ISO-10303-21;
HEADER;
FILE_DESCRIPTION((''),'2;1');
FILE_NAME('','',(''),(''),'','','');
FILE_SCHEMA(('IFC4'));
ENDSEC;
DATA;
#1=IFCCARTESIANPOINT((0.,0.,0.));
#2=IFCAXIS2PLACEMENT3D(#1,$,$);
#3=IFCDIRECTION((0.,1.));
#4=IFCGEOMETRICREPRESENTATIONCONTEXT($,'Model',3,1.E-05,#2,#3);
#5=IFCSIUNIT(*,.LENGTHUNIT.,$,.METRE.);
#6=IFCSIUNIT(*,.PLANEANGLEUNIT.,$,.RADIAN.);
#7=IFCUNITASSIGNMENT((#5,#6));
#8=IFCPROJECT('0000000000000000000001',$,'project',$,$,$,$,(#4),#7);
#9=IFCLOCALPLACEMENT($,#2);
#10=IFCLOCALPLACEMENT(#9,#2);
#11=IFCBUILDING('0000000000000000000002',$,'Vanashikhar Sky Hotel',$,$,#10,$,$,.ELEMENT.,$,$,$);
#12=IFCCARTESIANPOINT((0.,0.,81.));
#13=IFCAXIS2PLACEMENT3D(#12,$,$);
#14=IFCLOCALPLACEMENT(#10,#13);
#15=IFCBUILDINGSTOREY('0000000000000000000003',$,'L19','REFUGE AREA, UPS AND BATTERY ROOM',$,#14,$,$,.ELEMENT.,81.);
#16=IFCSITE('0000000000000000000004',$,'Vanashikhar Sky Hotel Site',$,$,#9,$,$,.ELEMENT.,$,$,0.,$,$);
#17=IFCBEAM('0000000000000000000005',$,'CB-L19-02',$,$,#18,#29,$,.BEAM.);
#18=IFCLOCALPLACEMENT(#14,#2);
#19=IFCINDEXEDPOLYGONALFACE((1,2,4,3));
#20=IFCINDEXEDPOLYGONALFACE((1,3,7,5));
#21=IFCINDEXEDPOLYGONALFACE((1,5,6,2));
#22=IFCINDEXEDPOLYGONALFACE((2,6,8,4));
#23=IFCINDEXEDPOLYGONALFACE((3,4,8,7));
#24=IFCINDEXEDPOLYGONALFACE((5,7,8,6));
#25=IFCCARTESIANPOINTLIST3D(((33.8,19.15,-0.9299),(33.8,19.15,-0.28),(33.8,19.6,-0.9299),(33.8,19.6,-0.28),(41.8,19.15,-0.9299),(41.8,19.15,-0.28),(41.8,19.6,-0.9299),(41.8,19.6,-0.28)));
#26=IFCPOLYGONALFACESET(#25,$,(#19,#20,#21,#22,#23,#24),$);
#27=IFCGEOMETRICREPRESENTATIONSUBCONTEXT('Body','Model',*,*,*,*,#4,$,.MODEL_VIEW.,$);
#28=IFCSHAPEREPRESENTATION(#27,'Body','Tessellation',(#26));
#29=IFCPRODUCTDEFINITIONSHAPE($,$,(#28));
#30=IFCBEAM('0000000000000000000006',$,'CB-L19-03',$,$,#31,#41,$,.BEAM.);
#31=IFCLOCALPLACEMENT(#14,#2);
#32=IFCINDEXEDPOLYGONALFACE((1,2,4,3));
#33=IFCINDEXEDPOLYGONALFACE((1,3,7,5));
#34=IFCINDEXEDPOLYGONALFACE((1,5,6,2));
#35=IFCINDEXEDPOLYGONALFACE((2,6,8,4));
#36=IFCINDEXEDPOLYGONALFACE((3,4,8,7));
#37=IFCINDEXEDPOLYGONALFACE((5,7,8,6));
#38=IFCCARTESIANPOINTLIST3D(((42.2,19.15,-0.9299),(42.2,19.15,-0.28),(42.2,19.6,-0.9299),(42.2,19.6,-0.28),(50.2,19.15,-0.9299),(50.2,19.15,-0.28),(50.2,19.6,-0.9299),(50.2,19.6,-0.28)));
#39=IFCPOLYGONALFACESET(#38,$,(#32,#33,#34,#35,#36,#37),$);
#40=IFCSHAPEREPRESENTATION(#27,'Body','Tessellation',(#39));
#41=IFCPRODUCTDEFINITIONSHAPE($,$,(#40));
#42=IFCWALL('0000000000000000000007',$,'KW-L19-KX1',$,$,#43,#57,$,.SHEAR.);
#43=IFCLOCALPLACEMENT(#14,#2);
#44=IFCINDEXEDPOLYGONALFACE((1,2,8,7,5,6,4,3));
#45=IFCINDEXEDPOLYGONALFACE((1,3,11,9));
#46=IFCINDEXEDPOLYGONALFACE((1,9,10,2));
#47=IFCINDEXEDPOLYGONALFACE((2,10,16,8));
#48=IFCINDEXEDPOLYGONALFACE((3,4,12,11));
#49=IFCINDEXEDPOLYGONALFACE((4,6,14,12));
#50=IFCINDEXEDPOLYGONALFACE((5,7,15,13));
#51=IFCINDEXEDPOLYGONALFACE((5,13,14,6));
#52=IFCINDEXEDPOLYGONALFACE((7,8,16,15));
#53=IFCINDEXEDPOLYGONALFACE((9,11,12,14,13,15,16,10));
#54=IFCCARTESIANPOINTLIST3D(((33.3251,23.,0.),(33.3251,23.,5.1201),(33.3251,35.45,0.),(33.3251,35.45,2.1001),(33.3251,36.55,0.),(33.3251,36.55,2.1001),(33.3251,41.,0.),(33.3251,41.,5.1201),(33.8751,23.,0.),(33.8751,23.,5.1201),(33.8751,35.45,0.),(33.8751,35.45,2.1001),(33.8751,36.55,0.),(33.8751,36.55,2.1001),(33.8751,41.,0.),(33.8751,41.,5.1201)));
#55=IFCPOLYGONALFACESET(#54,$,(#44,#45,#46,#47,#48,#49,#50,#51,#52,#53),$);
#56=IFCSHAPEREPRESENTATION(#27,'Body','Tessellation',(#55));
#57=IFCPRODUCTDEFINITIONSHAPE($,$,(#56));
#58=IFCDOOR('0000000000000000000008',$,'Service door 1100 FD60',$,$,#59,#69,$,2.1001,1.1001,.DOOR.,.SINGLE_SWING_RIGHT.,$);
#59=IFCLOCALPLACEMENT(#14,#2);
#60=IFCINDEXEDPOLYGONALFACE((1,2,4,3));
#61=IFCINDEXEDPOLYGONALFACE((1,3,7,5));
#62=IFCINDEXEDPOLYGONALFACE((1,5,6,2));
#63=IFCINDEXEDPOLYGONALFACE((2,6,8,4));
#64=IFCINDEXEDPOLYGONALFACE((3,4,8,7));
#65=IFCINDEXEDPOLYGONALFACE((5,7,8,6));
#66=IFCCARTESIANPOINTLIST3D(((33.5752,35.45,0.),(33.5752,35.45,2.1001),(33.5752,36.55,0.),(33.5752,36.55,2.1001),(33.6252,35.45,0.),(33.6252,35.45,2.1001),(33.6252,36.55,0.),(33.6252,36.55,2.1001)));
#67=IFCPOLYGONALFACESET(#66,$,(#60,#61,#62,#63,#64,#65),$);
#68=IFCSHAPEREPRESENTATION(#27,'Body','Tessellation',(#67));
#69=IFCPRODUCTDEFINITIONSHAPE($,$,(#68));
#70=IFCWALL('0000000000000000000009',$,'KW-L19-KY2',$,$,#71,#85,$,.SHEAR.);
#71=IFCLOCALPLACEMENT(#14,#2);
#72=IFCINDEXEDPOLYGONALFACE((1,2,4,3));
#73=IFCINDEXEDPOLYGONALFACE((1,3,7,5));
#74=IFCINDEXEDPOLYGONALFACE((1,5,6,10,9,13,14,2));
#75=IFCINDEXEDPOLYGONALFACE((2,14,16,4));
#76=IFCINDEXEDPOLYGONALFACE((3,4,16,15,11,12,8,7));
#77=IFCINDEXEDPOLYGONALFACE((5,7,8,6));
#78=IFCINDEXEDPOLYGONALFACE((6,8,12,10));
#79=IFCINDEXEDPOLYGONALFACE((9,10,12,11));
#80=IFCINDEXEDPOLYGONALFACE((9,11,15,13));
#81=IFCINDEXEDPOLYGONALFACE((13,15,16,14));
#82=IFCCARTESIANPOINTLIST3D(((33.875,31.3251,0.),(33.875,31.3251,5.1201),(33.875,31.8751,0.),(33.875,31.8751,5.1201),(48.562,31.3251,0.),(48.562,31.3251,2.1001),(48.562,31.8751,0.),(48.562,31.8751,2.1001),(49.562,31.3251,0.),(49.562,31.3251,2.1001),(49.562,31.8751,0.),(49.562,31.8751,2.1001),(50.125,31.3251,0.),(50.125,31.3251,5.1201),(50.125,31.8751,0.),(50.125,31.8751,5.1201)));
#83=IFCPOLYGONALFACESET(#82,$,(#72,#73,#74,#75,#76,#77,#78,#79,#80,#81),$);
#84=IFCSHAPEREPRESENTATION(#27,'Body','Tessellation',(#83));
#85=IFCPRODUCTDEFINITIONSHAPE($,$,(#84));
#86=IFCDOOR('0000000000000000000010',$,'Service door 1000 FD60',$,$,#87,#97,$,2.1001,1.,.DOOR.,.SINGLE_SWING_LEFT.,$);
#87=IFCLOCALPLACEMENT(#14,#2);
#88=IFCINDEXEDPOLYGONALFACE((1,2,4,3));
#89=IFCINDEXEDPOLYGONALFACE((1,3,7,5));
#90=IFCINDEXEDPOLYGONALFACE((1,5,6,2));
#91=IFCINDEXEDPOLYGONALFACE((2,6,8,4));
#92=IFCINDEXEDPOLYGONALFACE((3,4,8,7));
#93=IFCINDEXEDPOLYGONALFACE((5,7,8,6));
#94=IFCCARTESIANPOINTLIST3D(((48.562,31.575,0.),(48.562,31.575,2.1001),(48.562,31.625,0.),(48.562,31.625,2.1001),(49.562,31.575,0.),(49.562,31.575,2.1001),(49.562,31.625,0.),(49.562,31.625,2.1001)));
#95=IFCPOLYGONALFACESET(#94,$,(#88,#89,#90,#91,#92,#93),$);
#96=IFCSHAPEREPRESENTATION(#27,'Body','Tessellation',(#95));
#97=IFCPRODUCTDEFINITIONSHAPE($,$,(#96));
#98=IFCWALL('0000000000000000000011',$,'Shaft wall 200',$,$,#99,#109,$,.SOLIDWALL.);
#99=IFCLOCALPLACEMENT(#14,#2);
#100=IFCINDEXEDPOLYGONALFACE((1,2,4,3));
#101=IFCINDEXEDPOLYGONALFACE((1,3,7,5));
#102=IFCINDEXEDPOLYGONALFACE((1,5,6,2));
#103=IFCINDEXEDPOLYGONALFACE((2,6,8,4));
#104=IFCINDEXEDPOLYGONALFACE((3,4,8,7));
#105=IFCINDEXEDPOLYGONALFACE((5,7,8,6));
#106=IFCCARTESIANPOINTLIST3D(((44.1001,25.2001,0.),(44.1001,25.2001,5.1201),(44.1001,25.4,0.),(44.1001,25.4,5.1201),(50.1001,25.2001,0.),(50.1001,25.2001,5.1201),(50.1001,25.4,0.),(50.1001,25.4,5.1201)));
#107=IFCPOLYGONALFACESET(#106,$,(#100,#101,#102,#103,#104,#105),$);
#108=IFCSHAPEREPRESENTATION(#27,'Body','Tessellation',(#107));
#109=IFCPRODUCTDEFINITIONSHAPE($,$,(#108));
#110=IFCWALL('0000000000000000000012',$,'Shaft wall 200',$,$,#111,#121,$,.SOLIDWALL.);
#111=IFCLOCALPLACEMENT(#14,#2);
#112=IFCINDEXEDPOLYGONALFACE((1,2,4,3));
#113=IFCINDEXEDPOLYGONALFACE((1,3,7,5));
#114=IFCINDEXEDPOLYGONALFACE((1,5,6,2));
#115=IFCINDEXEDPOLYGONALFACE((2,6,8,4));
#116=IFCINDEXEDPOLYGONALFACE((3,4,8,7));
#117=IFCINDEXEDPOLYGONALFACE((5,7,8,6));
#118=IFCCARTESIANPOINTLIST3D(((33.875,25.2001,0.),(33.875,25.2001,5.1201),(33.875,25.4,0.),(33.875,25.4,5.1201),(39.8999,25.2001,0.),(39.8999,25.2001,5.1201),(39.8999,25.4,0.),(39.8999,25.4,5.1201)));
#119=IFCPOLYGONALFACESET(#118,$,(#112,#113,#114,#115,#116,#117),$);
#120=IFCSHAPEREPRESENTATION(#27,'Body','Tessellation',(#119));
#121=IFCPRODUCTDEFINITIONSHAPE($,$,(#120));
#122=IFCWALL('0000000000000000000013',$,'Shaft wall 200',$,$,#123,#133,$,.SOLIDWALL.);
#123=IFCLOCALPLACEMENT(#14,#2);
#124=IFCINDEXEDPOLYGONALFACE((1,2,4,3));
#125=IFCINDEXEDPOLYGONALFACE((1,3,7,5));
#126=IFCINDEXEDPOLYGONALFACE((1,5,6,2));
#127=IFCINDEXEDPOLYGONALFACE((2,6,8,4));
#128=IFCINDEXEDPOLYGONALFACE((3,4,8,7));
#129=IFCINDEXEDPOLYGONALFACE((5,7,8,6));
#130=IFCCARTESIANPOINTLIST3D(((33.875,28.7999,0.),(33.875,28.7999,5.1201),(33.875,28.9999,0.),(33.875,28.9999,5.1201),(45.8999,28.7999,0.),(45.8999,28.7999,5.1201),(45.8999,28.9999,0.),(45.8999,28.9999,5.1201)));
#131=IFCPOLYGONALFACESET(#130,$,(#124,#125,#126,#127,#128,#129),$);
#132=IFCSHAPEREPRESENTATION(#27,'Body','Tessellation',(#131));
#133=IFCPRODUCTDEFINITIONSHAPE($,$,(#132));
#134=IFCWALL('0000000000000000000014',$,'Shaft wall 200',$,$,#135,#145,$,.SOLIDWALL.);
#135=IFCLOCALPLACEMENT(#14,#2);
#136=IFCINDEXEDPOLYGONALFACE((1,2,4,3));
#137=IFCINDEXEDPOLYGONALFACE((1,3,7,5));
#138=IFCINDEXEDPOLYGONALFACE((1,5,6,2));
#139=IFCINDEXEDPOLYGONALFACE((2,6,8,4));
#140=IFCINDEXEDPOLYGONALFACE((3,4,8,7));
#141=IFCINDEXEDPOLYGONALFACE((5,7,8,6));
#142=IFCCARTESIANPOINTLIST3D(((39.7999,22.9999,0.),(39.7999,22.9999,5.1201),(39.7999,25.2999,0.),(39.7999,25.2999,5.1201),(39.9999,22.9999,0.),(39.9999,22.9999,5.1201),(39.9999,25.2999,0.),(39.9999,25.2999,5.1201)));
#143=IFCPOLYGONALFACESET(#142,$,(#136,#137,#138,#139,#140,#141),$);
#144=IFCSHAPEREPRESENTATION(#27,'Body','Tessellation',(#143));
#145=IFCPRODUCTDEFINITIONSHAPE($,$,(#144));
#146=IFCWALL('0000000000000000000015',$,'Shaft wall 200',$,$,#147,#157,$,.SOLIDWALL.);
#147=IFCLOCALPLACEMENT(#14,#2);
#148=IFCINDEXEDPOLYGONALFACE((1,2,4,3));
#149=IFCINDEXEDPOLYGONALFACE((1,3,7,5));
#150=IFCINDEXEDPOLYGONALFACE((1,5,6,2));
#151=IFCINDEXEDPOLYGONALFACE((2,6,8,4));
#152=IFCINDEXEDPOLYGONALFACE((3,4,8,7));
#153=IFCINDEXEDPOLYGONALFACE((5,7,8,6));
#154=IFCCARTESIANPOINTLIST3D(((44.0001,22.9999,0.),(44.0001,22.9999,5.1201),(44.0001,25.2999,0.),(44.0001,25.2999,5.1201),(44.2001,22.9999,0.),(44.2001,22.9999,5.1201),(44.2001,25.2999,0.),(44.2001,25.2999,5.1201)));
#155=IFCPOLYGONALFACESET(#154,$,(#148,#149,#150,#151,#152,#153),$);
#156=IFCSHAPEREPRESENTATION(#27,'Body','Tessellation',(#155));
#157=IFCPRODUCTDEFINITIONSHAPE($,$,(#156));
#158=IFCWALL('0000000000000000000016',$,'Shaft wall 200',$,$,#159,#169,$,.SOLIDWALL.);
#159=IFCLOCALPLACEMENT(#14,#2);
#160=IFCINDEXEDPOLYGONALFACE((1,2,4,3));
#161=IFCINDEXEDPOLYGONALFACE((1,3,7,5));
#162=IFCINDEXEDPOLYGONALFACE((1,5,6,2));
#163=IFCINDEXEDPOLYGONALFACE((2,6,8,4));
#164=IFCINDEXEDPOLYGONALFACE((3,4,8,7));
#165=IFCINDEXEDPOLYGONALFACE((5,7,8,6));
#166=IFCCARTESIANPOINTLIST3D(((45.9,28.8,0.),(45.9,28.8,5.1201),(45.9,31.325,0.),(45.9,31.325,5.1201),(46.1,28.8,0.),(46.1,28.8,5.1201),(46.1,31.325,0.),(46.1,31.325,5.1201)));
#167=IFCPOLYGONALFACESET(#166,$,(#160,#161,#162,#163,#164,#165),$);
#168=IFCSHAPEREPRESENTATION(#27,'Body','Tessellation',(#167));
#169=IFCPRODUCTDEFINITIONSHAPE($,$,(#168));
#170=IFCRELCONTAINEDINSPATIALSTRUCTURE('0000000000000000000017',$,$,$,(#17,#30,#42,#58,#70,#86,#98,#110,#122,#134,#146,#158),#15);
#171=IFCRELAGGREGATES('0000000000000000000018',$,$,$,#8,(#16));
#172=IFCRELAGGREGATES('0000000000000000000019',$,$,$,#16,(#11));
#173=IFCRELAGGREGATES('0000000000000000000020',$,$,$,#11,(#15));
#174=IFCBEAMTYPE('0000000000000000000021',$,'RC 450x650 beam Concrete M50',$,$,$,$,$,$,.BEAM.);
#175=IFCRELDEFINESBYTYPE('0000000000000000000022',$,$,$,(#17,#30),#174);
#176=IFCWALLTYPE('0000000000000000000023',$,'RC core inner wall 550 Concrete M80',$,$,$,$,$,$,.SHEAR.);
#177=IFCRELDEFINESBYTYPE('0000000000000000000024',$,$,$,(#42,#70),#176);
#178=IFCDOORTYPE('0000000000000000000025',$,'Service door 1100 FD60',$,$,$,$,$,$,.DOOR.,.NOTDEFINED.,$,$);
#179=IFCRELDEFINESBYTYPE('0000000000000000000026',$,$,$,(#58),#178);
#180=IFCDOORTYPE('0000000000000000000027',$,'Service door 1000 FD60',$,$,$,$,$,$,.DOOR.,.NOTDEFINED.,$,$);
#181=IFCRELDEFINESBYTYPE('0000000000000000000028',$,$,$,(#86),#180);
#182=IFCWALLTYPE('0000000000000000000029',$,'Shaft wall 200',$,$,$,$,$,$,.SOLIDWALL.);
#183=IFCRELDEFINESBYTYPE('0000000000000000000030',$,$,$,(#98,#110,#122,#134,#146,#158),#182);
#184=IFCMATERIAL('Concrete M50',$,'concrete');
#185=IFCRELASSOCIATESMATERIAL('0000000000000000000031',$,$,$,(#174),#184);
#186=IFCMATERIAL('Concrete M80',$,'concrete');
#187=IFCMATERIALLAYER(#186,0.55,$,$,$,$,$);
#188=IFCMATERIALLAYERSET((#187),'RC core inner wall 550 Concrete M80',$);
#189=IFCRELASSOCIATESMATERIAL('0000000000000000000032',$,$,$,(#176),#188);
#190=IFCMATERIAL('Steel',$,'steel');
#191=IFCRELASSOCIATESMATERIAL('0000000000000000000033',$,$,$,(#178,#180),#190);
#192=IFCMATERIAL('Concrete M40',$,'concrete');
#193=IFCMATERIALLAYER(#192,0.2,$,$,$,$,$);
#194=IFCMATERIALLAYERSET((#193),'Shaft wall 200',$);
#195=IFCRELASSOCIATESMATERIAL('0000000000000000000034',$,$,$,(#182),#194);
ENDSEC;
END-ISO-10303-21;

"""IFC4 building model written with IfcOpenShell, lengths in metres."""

from ifc_helpers import new_model, si_unit, direction, frame, frame_2d, origin, origin_2d, place, context, subcontext, project, spatial, rectangle, extrude, source, transform, mapped, material, layer, layer_set, material_profile, profile_set, type_object, element, fill, save


model = new_model("IFC4")

# Units and contexts
model_context = context("Model", 3, precision=1e-05, world=origin(), true_north=direction((0.0, 1.0)))
body_context = subcontext(model_context, "Body", "Model", "MODEL_VIEW")
ifc_project = project(units=[si_unit("LENGTHUNIT", "METRE"), si_unit("PLANEANGLEUNIT", "RADIAN")], contexts=[model_context])

# Site, building, storey
site_placement = place(None, origin())
site = spatial("IfcSite", under=ifc_project, at=site_placement, Name="Vanashikhar Sky Hotel Site", CompositionType="ELEMENT", RefElevation=0.0)
building_placement = place(site_placement, origin())
building = spatial("IfcBuilding", under=site, at=building_placement, Name="Vanashikhar Sky Hotel", CompositionType="ELEMENT")
storey_placement = place(building_placement, frame((0.0, 0.0, 81.0)))
storey = spatial("IfcBuildingStorey", under=building, at=storey_placement, Name="L19", Description="REFUGE AREA, UPS AND BATTERY ROOM", CompositionType="ELEMENT", Elevation=81.0)

# Beams
ifc_material_1 = material(Name="Concrete M50", Category="concrete")
ifc_material_profile = material_profile(ifc_material_1, rectangle(XDim=0.45, YDim=0.6499, at=origin_2d()))
ifc_profile_set = profile_set([ifc_material_profile], Name="RC 450x650 beam Concrete M50")
beam_type = type_object("IfcBeamType", Name="RC 450x650 beam Concrete M50", PredefinedType="BEAM", material=ifc_profile_set)
shared_shape_1 = source(origin(), body_context, "Body", "SweptSolid", [
    extrude(rectangle(XDim=0.45, YDim=0.6499, at=origin_2d()), origin(), (0.0, 0.0, 1.0), 8.0),
])
for number, where, z_axis, x_axis, name in (
    (1, (33.8, 19.375, -0.605), (1.0, 0.0, 0.0), (0.0, 1.0, 0.0), "CB-L19-02"),
    (2, (42.2, 19.375, -0.605), (1.0, 0.0, 0.0), (0.0, 1.0, 0.0), "CB-L19-03"),
):
    element("IfcBeam", number, at=place(storey_placement, frame(where, z_axis=z_axis, x_axis=x_axis)), inside=storey, type_object=beam_type, Name=name, PredefinedType="BEAM", context=body_context, shape_type="MappedRepresentation", body=[
        mapped(shared_shape_1, transform((0.0, 0.0, 0.0), scale=1.0)),
    ])

# Walls, openings, doors
ifc_material_2 = material(Name="Concrete M80", Category="concrete")
ifc_layer_1 = layer(ifc_material_2, 0.55)
ifc_layer_set_1 = layer_set([ifc_layer_1], Name="RC core inner wall 550 Concrete M80")
wall_type_1 = type_object("IfcWallType", Name="RC core inner wall 550 Concrete M80", PredefinedType="SHEAR", material=ifc_layer_set_1)
shared_shape_2 = source(origin(), body_context, "Body", "SweptSolid", [
    extrude(rectangle(XDim=18.0, YDim=0.55, at=frame_2d((9.0, 0.0))), origin(), (0.0, 0.0, 1.0), 5.1201),
])
wall_1_placement = place(storey_placement, frame((33.6001, 23.0, 0.0), z_axis=(0.0, 0.0, 1.0), x_axis=(0.0, 1.0, 0.0)))
wall_1 = element("IfcWall", 3, at=wall_1_placement, inside=storey, type_object=wall_type_1, Name="KW-L19-KX1", PredefinedType="SHEAR", context=body_context, shape_type="MappedRepresentation", body=[
    mapped(shared_shape_2, transform((0.0, 0.0, 0.0), scale=1.0)),
])
shared_shape_3 = source(origin(), body_context, "Body", "SweptSolid", [
    extrude(rectangle(XDim=1.1001, YDim=2.1001, at=frame_2d((0.55, 1.05))), frame((0.0, 0.2852, 0.0), z_axis=(0.0, -1.0, 0.0), x_axis=(1.0, 0.0, 0.0)), (0.0, 0.0, 1.0), 0.5701),
])
opening_1_placement = place(wall_1_placement, frame((12.45, 0.0, 0.0)))
opening_1 = element("IfcOpeningElement", 4, at=opening_1_placement, cuts=wall_1, PredefinedType="OPENING", context=body_context, shape_type="MappedRepresentation", body=[
    mapped(shared_shape_3, transform((0.0, 0.0, 0.0), scale=1.0)),
])
ifc_material_3 = material(Name="Steel", Category="steel")
door_type_1 = type_object("IfcDoorType", Name="Service door 1100 FD60", OperationType="NOTDEFINED", PredefinedType="DOOR", material=ifc_material_3)
shared_shape_4 = source(origin(), body_context, "Body", "SweptSolid", [
    extrude(rectangle(XDim=1.1001, YDim=2.1001, at=frame_2d((0.55, 1.05))), frame((0.0, 0.0249, 0.0), z_axis=(0.0, -1.0, 0.0), x_axis=(1.0, 0.0, 0.0)), (0.0, 0.0, 1.0), 0.05),
])
door_1_placement = place(opening_1_placement, origin())
door_1 = element("IfcDoor", 5, at=door_1_placement, inside=storey, type_object=door_type_1, Name="Service door 1100 FD60", OperationType="SINGLE_SWING_RIGHT", OverallHeight=2.1001, OverallWidth=1.1001, PredefinedType="DOOR", context=body_context, shape_type="MappedRepresentation", body=[
    mapped(shared_shape_4, transform((0.0, 0.0, 0.0), scale=1.0)),
])
fill(opening_1, door_1)
shared_shape_5 = source(origin(), body_context, "Body", "SweptSolid", [
    extrude(rectangle(XDim=16.25, YDim=0.55, at=frame_2d((8.125, 0.0))), origin(), (0.0, 0.0, 1.0), 5.1201),
])
wall_2_placement = place(storey_placement, frame((33.875, 31.6001, 0.0), z_axis=(0.0, 0.0, 1.0), x_axis=(1.0, 0.0, 0.0)))
wall_2 = element("IfcWall", 6, at=wall_2_placement, inside=storey, type_object=wall_type_1, Name="KW-L19-KY2", PredefinedType="SHEAR", context=body_context, shape_type="MappedRepresentation", body=[
    mapped(shared_shape_5, transform((0.0, 0.0, 0.0), scale=1.0)),
])
shared_shape_6 = source(origin(), body_context, "Body", "SweptSolid", [
    extrude(rectangle(XDim=1.0, YDim=2.1001, at=frame_2d((0.5, 1.05))), frame((0.0, 0.2852, 0.0), z_axis=(0.0, -1.0, 0.0), x_axis=(1.0, 0.0, 0.0)), (0.0, 0.0, 1.0), 0.5701),
])
opening_2_placement = place(wall_2_placement, frame((14.687, 0.0, 0.0)))
opening_2 = element("IfcOpeningElement", 7, at=opening_2_placement, cuts=wall_2, PredefinedType="OPENING", context=body_context, shape_type="MappedRepresentation", body=[
    mapped(shared_shape_6, transform((0.0, 0.0, 0.0), scale=1.0)),
])
door_type_2 = type_object("IfcDoorType", Name="Service door 1000 FD60", OperationType="NOTDEFINED", PredefinedType="DOOR", material=ifc_material_3)
shared_shape_7 = source(origin(), body_context, "Body", "SweptSolid", [
    extrude(rectangle(XDim=1.0, YDim=2.1001, at=frame_2d((0.5, 1.05))), frame((0.0, 0.0249, 0.0), z_axis=(0.0, -1.0, 0.0), x_axis=(1.0, 0.0, 0.0)), (0.0, 0.0, 1.0), 0.05),
])
door_2_placement = place(opening_2_placement, origin())
door_2 = element("IfcDoor", 8, at=door_2_placement, inside=storey, type_object=door_type_2, Name="Service door 1000 FD60", OperationType="SINGLE_SWING_LEFT", OverallHeight=2.1001, OverallWidth=1.0, PredefinedType="DOOR", context=body_context, shape_type="MappedRepresentation", body=[
    mapped(shared_shape_7, transform((0.0, 0.0, 0.0), scale=1.0)),
])
fill(opening_2, door_2)

# Walls
ifc_material_4 = material(Name="Concrete M40", Category="concrete")
ifc_layer_2 = layer(ifc_material_4, 0.2)
ifc_layer_set_2 = layer_set([ifc_layer_2], Name="Shaft wall 200")
wall_type_2 = type_object("IfcWallType", Name="Shaft wall 200", PredefinedType="SOLIDWALL", material=ifc_layer_set_2)
shared_shape_8 = source(origin(), body_context, "Body", "SweptSolid", [
    extrude(rectangle(XDim=6.0, YDim=0.2, at=frame_2d((3.0, 0.0))), origin(), (0.0, 0.0, 1.0), 5.1201),
])
wall_3_placement = place(storey_placement, frame((44.1001, 25.3, 0.0), z_axis=(0.0, 0.0, 1.0), x_axis=(1.0, 0.0, 0.0)))
element("IfcWall", 9, at=wall_3_placement, inside=storey, type_object=wall_type_2, Name="Shaft wall 200", PredefinedType="SOLIDWALL", context=body_context, shape_type="MappedRepresentation", body=[
    mapped(shared_shape_8, transform((0.0, 0.0, 0.0), scale=1.0)),
])
shared_shape_9 = source(origin(), body_context, "Body", "SweptSolid", [
    extrude(rectangle(XDim=6.0249, YDim=0.2, at=frame_2d((3.0125, 0.0))), origin(), (0.0, 0.0, 1.0), 5.1201),
])
wall_4_placement = place(storey_placement, frame((33.875, 25.3, 0.0), z_axis=(0.0, 0.0, 1.0), x_axis=(1.0, 0.0, 0.0)))
element("IfcWall", 10, at=wall_4_placement, inside=storey, type_object=wall_type_2, Name="Shaft wall 200", PredefinedType="SOLIDWALL", context=body_context, shape_type="MappedRepresentation", body=[
    mapped(shared_shape_9, transform((0.0, 0.0, 0.0), scale=1.0)),
])
shared_shape_10 = source(origin(), body_context, "Body", "SweptSolid", [
    extrude(rectangle(XDim=12.0249, YDim=0.2, at=frame_2d((6.0125, 0.0))), origin(), (0.0, 0.0, 1.0), 5.1201),
])
wall_5_placement = place(storey_placement, frame((33.875, 28.8999, 0.0), z_axis=(0.0, 0.0, 1.0), x_axis=(1.0, 0.0, 0.0)))
element("IfcWall", 11, at=wall_5_placement, inside=storey, type_object=wall_type_2, Name="Shaft wall 200", PredefinedType="SOLIDWALL", context=body_context, shape_type="MappedRepresentation", body=[
    mapped(shared_shape_10, transform((0.0, 0.0, 0.0), scale=1.0)),
])
shared_shape_11 = source(origin(), body_context, "Body", "SweptSolid", [
    extrude(rectangle(XDim=2.3, YDim=0.2, at=frame_2d((1.1499, 0.0))), origin(), (0.0, 0.0, 1.0), 5.1201),
])
for number, where, z_axis, x_axis, name in (
    (12, (39.8999, 23.0, 0.0), (0.0, 0.0, 1.0), (0.0, 1.0, 0.0), "Shaft wall 200"),
    (13, (44.1001, 23.0, 0.0), (0.0, 0.0, 1.0), (0.0, 1.0, 0.0), "Shaft wall 200"),
):
    element("IfcWall", number, at=place(storey_placement, frame(where, z_axis=z_axis, x_axis=x_axis)), inside=storey, type_object=wall_type_2, Name=name, PredefinedType="SOLIDWALL", context=body_context, shape_type="MappedRepresentation", body=[
        mapped(shared_shape_11, transform((0.0, 0.0, 0.0), scale=1.0)),
    ])
shared_shape_12 = source(origin(), body_context, "Body", "SweptSolid", [
    extrude(rectangle(XDim=2.5249, YDim=0.2, at=frame_2d((1.2625, 0.0))), origin(), (0.0, 0.0, 1.0), 5.1201),
])
wall_6_placement = place(storey_placement, frame((46.0, 28.8, 0.0), z_axis=(0.0, 0.0, 1.0), x_axis=(0.0, 1.0, 0.0)))
element("IfcWall", 14, at=wall_6_placement, inside=storey, type_object=wall_type_2, Name="Shaft wall 200", PredefinedType="SOLIDWALL", context=body_context, shape_type="MappedRepresentation", body=[
    mapped(shared_shape_12, transform((0.0, 0.0, 0.0), scale=1.0)),
])

save(model, "model.ifc")
